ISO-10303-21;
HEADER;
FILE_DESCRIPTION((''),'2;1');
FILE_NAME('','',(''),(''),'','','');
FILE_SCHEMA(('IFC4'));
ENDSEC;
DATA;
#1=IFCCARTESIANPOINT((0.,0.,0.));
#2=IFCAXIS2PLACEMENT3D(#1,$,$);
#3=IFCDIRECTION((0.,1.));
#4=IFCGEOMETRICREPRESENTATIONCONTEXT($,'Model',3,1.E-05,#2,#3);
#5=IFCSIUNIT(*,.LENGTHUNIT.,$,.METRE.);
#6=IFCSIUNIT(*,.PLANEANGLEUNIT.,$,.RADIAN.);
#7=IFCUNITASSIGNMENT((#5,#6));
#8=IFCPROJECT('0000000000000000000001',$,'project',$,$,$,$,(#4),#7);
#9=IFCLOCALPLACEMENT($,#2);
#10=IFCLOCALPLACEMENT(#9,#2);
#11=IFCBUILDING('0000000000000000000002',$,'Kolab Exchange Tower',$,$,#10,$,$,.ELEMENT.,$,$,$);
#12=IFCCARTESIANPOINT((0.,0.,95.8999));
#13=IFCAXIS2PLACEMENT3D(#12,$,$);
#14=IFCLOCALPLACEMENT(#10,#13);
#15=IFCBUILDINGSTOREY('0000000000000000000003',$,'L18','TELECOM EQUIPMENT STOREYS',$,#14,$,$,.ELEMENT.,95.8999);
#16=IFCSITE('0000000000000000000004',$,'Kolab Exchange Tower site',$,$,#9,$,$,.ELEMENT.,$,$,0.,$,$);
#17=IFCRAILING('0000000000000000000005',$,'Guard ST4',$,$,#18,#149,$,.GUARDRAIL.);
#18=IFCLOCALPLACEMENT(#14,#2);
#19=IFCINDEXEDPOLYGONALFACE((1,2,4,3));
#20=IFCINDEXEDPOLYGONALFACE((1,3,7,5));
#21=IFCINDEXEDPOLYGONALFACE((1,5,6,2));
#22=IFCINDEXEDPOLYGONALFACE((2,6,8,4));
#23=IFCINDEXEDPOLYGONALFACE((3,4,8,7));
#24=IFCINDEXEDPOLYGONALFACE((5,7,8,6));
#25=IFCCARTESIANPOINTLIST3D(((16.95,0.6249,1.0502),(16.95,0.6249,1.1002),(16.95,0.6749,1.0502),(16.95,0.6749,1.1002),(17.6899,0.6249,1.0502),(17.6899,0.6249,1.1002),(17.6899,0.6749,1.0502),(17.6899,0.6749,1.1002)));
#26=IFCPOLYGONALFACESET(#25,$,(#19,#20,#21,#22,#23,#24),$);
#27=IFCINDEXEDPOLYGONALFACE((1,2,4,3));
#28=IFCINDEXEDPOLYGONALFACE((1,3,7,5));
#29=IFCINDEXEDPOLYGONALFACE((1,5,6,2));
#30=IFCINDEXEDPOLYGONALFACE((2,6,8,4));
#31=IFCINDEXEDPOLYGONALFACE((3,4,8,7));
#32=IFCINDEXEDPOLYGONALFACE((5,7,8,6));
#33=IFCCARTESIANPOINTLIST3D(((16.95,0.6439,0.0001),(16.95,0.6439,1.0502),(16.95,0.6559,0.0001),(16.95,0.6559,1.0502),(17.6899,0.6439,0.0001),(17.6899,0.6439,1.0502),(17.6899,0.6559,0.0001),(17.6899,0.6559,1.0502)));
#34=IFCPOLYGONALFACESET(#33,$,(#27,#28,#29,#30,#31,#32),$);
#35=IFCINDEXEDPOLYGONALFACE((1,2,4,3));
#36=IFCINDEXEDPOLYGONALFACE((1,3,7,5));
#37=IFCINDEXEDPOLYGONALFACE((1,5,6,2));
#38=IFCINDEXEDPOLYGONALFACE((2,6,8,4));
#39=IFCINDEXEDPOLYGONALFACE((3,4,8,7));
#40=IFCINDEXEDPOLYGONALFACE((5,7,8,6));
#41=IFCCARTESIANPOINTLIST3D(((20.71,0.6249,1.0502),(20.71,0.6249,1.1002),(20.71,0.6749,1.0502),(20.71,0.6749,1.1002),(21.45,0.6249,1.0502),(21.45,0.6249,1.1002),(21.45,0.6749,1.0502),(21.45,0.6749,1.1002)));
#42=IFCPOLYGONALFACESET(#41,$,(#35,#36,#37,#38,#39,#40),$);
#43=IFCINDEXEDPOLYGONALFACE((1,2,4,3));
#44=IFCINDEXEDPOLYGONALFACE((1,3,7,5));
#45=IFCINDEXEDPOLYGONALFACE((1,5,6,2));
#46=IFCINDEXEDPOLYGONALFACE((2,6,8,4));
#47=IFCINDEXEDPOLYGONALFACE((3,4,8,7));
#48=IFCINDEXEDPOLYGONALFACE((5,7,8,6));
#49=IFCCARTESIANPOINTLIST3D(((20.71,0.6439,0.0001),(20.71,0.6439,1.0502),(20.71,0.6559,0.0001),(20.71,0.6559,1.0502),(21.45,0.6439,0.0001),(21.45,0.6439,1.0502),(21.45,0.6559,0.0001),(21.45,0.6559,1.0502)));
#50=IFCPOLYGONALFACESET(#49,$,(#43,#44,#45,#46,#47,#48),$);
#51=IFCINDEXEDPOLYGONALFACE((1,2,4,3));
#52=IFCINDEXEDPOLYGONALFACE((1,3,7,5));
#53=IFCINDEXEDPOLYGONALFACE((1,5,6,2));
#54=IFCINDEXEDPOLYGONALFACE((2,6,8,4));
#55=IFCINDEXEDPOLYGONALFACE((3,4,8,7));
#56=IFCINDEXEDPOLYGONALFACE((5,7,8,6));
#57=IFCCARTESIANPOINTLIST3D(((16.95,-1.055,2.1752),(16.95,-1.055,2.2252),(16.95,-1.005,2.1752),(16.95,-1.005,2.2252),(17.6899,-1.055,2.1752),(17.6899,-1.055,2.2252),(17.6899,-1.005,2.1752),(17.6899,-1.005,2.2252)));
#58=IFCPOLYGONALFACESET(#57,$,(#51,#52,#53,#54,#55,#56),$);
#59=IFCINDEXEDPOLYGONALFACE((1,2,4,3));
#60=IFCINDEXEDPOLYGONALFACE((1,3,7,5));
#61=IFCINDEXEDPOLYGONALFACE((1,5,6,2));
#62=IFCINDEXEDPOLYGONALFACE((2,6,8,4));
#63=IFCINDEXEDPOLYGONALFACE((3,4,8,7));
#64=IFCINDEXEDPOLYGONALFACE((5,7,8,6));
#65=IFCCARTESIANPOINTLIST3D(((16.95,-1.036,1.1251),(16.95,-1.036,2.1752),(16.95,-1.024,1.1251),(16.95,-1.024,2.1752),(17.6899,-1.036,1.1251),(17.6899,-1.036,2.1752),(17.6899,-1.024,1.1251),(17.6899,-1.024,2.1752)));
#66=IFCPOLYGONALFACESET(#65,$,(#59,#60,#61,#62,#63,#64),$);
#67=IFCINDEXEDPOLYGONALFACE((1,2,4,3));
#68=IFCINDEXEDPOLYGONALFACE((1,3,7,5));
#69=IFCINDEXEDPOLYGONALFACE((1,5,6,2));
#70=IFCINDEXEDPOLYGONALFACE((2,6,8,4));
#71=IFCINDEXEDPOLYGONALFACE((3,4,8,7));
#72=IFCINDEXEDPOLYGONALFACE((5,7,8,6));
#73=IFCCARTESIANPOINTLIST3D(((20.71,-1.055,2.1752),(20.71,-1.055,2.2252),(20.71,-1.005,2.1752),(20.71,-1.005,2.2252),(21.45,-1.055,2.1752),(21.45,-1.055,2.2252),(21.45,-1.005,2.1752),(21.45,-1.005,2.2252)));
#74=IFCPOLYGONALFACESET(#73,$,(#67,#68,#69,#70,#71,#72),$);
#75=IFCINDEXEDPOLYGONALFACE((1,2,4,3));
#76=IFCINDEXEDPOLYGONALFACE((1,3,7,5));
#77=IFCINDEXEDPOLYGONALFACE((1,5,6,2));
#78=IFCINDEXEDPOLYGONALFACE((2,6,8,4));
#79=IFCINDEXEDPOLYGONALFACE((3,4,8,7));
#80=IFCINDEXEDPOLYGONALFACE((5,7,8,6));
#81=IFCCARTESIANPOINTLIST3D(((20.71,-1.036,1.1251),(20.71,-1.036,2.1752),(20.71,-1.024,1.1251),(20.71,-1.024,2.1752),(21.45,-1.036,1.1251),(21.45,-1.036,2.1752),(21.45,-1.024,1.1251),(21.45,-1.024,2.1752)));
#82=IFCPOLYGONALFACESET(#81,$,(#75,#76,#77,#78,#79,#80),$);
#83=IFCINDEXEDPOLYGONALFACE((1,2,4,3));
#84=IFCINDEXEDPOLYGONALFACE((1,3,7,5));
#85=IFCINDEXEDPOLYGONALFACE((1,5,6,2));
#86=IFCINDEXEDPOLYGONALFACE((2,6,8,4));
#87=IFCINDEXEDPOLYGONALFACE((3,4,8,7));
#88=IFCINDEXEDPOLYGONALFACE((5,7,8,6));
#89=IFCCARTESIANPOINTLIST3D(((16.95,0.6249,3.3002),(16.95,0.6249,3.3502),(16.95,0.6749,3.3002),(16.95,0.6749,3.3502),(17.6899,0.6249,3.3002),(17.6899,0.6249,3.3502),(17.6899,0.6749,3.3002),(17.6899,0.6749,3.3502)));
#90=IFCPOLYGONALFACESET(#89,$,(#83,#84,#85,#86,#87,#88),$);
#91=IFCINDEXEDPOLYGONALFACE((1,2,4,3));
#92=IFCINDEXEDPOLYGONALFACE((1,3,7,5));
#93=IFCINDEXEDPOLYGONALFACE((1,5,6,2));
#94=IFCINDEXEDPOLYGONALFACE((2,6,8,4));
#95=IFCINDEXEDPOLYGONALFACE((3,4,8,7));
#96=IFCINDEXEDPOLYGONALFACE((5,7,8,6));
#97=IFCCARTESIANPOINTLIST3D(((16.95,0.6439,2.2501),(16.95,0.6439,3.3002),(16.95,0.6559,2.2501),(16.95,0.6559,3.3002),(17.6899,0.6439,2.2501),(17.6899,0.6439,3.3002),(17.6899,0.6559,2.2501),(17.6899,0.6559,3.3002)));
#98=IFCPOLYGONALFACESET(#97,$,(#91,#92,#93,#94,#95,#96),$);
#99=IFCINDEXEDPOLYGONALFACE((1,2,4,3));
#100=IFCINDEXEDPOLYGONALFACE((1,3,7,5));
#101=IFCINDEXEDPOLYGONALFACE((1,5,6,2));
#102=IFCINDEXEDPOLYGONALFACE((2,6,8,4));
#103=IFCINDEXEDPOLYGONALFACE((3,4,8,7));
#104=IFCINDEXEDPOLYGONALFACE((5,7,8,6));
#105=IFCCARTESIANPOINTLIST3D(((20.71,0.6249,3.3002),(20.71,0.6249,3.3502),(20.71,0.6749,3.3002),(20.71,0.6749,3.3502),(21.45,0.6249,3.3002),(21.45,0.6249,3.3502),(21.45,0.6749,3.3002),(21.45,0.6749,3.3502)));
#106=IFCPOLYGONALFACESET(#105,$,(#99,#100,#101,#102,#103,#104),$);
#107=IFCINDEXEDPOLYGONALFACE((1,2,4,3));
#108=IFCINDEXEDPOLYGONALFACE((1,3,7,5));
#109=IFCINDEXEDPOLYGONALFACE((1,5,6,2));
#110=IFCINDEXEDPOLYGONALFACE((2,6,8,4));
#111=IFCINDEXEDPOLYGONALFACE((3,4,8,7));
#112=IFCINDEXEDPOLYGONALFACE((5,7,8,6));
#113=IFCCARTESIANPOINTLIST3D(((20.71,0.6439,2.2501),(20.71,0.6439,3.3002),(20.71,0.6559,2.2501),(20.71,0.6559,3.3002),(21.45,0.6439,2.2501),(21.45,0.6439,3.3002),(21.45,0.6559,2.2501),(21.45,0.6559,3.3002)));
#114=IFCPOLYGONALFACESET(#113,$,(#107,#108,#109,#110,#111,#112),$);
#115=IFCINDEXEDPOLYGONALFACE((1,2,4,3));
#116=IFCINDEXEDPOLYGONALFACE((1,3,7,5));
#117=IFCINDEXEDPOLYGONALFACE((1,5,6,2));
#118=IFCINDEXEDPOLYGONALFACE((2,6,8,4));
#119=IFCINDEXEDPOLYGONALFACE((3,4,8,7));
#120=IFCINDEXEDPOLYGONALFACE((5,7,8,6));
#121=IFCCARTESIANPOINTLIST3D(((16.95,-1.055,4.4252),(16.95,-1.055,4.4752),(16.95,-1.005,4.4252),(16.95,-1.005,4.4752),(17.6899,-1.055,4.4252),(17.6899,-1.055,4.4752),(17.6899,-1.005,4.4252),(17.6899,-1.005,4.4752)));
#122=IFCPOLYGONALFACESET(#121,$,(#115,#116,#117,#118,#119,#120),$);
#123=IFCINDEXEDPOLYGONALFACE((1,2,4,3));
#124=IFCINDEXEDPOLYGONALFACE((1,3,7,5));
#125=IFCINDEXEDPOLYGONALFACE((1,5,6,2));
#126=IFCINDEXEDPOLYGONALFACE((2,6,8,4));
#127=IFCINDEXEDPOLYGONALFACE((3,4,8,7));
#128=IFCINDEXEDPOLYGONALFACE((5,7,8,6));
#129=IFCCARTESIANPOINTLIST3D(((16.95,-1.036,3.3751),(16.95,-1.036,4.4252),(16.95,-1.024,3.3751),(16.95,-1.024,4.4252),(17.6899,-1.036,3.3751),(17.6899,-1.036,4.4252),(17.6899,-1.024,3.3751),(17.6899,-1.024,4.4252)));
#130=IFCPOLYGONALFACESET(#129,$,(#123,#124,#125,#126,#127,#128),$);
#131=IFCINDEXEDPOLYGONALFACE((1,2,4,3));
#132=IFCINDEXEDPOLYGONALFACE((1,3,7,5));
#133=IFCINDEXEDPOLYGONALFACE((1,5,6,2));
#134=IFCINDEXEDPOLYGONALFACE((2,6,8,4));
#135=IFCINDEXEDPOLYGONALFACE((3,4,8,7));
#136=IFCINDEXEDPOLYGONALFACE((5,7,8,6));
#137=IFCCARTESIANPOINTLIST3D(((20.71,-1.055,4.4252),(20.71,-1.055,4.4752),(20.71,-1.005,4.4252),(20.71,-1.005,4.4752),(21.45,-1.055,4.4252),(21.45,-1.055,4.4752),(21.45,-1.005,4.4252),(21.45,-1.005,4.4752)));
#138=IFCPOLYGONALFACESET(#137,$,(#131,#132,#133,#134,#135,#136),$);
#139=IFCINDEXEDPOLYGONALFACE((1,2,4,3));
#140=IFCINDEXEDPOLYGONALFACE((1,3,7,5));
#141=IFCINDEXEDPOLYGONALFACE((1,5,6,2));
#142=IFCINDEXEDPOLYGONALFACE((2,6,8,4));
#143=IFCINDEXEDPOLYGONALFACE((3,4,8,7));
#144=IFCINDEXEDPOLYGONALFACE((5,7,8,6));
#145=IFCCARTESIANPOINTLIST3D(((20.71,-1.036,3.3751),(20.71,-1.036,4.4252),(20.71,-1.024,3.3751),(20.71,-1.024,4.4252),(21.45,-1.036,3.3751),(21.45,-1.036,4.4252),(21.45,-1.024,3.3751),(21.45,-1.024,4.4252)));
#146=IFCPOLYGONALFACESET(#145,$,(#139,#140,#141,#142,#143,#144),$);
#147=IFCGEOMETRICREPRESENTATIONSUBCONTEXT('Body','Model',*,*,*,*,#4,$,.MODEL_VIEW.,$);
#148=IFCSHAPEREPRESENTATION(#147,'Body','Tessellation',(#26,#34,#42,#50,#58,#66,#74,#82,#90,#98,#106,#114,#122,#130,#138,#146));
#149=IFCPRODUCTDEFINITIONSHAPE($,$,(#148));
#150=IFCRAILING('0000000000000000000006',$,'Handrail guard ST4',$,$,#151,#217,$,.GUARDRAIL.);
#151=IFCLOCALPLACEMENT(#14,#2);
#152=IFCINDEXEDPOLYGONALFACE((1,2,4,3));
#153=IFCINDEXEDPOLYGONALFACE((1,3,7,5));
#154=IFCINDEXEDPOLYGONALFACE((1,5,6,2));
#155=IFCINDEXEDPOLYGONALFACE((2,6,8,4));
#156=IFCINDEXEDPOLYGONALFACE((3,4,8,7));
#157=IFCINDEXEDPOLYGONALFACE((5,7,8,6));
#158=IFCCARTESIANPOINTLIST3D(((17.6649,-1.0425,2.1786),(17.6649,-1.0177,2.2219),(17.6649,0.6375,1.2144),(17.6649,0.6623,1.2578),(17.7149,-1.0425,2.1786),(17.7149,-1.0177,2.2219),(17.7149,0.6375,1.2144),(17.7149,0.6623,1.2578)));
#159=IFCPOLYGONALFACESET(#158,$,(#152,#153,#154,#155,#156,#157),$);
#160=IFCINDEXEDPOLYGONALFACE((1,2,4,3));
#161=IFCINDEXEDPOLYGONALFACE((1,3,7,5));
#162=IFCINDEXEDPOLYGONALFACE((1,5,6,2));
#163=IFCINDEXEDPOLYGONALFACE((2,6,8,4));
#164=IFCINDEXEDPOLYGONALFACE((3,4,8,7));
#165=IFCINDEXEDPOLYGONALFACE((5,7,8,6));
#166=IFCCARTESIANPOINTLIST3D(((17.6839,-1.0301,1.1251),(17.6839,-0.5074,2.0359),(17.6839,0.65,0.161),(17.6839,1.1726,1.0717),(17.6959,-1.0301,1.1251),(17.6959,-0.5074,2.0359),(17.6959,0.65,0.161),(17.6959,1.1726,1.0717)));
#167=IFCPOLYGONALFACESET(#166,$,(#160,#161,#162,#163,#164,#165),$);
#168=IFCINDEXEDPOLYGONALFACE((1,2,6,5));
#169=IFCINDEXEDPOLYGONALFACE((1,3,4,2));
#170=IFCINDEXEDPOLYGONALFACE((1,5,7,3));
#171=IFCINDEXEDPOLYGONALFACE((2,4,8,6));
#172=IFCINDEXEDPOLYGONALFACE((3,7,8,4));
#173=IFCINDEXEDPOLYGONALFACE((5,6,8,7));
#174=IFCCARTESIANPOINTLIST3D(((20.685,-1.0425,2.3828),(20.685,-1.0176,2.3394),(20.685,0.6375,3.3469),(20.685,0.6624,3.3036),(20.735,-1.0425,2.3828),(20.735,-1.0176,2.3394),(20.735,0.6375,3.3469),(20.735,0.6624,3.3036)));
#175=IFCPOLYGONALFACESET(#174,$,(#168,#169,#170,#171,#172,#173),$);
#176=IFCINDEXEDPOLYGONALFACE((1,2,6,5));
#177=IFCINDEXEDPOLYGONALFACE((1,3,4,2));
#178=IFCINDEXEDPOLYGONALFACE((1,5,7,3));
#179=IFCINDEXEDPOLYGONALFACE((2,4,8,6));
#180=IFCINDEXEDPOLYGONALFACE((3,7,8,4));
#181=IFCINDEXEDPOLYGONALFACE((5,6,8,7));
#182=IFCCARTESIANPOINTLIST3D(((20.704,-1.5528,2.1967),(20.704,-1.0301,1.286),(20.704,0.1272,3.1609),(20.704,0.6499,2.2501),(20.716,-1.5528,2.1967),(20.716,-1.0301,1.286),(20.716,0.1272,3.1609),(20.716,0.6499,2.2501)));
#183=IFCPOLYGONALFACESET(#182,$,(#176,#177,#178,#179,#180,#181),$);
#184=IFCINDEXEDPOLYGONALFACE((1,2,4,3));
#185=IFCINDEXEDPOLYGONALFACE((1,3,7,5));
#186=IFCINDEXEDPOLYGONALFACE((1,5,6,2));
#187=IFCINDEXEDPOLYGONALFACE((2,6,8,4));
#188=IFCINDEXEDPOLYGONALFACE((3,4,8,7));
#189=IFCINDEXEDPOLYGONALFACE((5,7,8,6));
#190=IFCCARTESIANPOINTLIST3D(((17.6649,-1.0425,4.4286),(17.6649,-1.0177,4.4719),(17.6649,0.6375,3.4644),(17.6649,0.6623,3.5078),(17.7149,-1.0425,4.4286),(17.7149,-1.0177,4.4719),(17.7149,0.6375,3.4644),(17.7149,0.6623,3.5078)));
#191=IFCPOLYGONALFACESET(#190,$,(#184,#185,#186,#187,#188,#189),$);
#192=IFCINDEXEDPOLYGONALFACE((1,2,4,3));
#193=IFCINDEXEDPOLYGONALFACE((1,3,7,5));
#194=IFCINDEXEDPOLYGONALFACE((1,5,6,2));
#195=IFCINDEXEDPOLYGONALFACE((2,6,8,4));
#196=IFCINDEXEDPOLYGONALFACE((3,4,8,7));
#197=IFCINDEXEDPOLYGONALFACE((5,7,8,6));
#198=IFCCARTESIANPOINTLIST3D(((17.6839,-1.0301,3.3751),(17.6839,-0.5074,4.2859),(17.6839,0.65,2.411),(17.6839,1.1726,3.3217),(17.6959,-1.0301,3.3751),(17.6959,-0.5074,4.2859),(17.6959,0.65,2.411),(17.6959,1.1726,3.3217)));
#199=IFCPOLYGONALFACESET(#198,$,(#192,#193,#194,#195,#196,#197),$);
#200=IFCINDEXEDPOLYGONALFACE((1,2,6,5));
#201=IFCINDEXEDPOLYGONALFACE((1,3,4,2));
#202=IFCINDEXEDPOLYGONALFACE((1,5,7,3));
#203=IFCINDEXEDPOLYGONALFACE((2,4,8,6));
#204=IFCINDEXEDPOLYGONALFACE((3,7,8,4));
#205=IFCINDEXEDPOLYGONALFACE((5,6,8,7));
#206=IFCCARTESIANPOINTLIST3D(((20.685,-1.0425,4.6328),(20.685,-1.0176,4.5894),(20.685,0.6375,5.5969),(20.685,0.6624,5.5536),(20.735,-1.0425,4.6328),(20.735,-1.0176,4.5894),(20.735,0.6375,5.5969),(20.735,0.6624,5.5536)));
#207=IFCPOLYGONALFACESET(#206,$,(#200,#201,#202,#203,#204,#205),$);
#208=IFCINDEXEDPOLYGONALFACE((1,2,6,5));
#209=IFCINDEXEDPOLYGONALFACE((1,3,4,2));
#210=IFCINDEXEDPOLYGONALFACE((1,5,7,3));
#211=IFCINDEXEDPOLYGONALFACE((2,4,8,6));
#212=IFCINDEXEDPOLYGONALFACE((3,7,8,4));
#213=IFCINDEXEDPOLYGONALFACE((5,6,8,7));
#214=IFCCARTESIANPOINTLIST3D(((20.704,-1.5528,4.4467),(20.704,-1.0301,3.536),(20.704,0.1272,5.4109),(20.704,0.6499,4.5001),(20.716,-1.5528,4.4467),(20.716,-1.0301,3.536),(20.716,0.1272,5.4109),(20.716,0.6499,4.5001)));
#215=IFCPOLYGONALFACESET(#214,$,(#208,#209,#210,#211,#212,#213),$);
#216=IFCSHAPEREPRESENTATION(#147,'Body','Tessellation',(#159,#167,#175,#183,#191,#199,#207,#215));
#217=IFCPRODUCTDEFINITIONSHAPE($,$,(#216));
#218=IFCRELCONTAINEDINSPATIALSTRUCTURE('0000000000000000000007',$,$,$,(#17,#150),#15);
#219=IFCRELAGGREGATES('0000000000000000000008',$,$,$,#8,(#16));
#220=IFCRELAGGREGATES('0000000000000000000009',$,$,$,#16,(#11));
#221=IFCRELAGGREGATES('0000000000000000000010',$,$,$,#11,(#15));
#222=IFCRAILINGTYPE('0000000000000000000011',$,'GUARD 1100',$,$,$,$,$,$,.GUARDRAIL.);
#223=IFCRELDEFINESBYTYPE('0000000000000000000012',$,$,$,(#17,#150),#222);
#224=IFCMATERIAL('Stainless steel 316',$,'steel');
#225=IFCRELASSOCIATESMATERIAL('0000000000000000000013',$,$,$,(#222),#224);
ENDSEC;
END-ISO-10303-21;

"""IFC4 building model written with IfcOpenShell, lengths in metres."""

from ifc_helpers import new_model, si_unit, direction, frame, frame_2d, origin, origin_2d, place, context, subcontext, project, spatial, rectangle, extrude, material, type_object, element, save


model = new_model("IFC4")

# Units and contexts
model_context = context("Model", 3, precision=1e-05, world=origin(), true_north=direction((0.0, 1.0)))
body_context = subcontext(model_context, "Body", "Model", "MODEL_VIEW")
ifc_project = project(units=[si_unit("LENGTHUNIT", "METRE"), si_unit("PLANEANGLEUNIT", "RADIAN")], contexts=[model_context])

# Site, building, storey
site_placement = place(None, origin())
site = spatial("IfcSite", under=ifc_project, at=site_placement, Name="Kolab Exchange Tower site", CompositionType="ELEMENT", RefElevation=0.0)
building_placement = place(site_placement, origin())
building = spatial("IfcBuilding", under=site, at=building_placement, Name="Kolab Exchange Tower", CompositionType="ELEMENT")
storey_placement = place(building_placement, frame((0.0, 0.0, 95.8999)))
storey = spatial("IfcBuildingStorey", under=building, at=storey_placement, Name="L18", Description="TELECOM EQUIPMENT STOREYS", CompositionType="ELEMENT", Elevation=95.8999)

# Railings
ifc_material_1 = material(Name="Stainless steel 316", Category="steel")
railing_type = type_object("IfcRailingType", Name="GUARD 1100", PredefinedType="GUARDRAIL", material=ifc_material_1)
railing_1_placement = place(storey_placement, frame((16.95, 0.6499, 0.0)))
element("IfcRailing", 1, at=railing_1_placement, inside=storey, type_object=railing_type, Name="Guard ST4", PredefinedType="GUARDRAIL", context=body_context, shape_type="SweptSolid", body=[
    extrude(rectangle(XDim=0.05, YDim=0.05, at=origin_2d()), frame((0.0, 0.0, 1.0752), z_axis=(1.0, 0.0, 0.0), x_axis=(0.0, 1.0, 0.0)), (0.0, 0.0, 1.0), 0.74),
    extrude(rectangle(XDim=0.012, YDim=1.0501, at=frame_2d((0.0, 0.5251))), frame((0.0, 0.0, 0.0), z_axis=(1.0, 0.0, 0.0), x_axis=(0.0, 1.0, 0.0)), (0.0, 0.0, 1.0), 0.74),
    extrude(rectangle(XDim=0.05, YDim=0.05, at=origin_2d()), frame((3.76, 0.0, 1.0752), z_axis=(1.0, 0.0, 0.0), x_axis=(0.0, 1.0, 0.0)), (0.0, 0.0, 1.0), 0.74),
    extrude(rectangle(XDim=0.012, YDim=1.0501, at=frame_2d((0.0, 0.5251))), frame((3.76, 0.0, 0.0), z_axis=(1.0, 0.0, 0.0), x_axis=(0.0, 1.0, 0.0)), (0.0, 0.0, 1.0), 0.74),
    extrude(rectangle(XDim=0.05, YDim=0.05, at=origin_2d()), frame((0.0, -1.6799, 2.2002), z_axis=(1.0, 0.0, 0.0), x_axis=(0.0, 1.0, 0.0)), (0.0, 0.0, 1.0), 0.74),
    extrude(rectangle(XDim=0.012, YDim=1.0501, at=frame_2d((0.0, 0.5251))), frame((0.0, -1.6799, 1.125), z_axis=(1.0, 0.0, 0.0), x_axis=(0.0, 1.0, 0.0)), (0.0, 0.0, 1.0), 0.74),
    extrude(rectangle(XDim=0.05, YDim=0.05, at=origin_2d()), frame((3.76, -1.6799, 2.2002), z_axis=(1.0, 0.0, 0.0), x_axis=(0.0, 1.0, 0.0)), (0.0, 0.0, 1.0), 0.74),
    extrude(rectangle(XDim=0.012, YDim=1.0501, at=frame_2d((0.0, 0.5251))), frame((3.76, -1.6799, 1.125), z_axis=(1.0, 0.0, 0.0), x_axis=(0.0, 1.0, 0.0)), (0.0, 0.0, 1.0), 0.74),
    extrude(rectangle(XDim=0.05, YDim=0.05, at=origin_2d()), frame((0.0, 0.0, 3.3252), z_axis=(1.0, 0.0, 0.0), x_axis=(0.0, 1.0, 0.0)), (0.0, 0.0, 1.0), 0.74),
    extrude(rectangle(XDim=0.012, YDim=1.0501, at=frame_2d((0.0, 0.5251))), frame((0.0, 0.0, 2.25), z_axis=(1.0, 0.0, 0.0), x_axis=(0.0, 1.0, 0.0)), (0.0, 0.0, 1.0), 0.74),
    extrude(rectangle(XDim=0.05, YDim=0.05, at=origin_2d()), frame((3.76, 0.0, 3.3252), z_axis=(1.0, 0.0, 0.0), x_axis=(0.0, 1.0, 0.0)), (0.0, 0.0, 1.0), 0.74),
    extrude(rectangle(XDim=0.012, YDim=1.0501, at=frame_2d((0.0, 0.5251))), frame((3.76, 0.0, 2.25), z_axis=(1.0, 0.0, 0.0), x_axis=(0.0, 1.0, 0.0)), (0.0, 0.0, 1.0), 0.74),
    extrude(rectangle(XDim=0.05, YDim=0.05, at=origin_2d()), frame((0.0, -1.6799, 4.4502), z_axis=(1.0, 0.0, 0.0), x_axis=(0.0, 1.0, 0.0)), (0.0, 0.0, 1.0), 0.74),
    extrude(rectangle(XDim=0.012, YDim=1.0501, at=frame_2d((0.0, 0.5251))), frame((0.0, -1.6799, 3.375), z_axis=(1.0, 0.0, 0.0), x_axis=(0.0, 1.0, 0.0)), (0.0, 0.0, 1.0), 0.74),
    extrude(rectangle(XDim=0.05, YDim=0.05, at=origin_2d()), frame((3.76, -1.6799, 4.4502), z_axis=(1.0, 0.0, 0.0), x_axis=(0.0, 1.0, 0.0)), (0.0, 0.0, 1.0), 0.74),
    extrude(rectangle(XDim=0.012, YDim=1.0501, at=frame_2d((0.0, 0.5251))), frame((3.76, -1.6799, 3.375), z_axis=(1.0, 0.0, 0.0), x_axis=(0.0, 1.0, 0.0)), (0.0, 0.0, 1.0), 0.74),
])
railing_2_placement = place(storey_placement, frame((17.6899, 0.6499, 0.1609)))
element("IfcRailing", 2, at=railing_2_placement, inside=storey, type_object=railing_type, Name="Handrail guard ST4", PredefinedType="GUARDRAIL", context=body_context, shape_type="SweptSolid", body=[
    extrude(rectangle(XDim=0.05, YDim=0.05, at=origin_2d()), frame((0.0, 0.0, 1.0752), z_axis=(0.0, -0.867319, 0.497753), x_axis=(1.0, 0.0, 0.0)), (0.0, 0.0, 1.0), 1.937),
    extrude(rectangle(XDim=0.012, YDim=1.0501, at=frame_2d((0.0, 0.5251))), frame((0.0, 0.0, 0.0), z_axis=(0.0, -0.867319, 0.497753), x_axis=(1.0, 0.0, 0.0)), (0.0, 0.0, 1.0), 1.937),
    extrude(rectangle(XDim=0.05, YDim=0.05, at=origin_2d()), frame((3.02, -1.6799, 2.2002), z_axis=(0.0, 0.867319, 0.497753), x_axis=(-1.0, 0.0, 0.0)), (0.0, 0.0, 1.0), 1.937),
    extrude(rectangle(XDim=0.012, YDim=1.0501, at=frame_2d((0.0, 0.5251))), frame((3.02, -1.6799, 1.125), z_axis=(0.0, 0.867319, 0.497753), x_axis=(-1.0, 0.0, 0.0)), (0.0, 0.0, 1.0), 1.937),
    extrude(rectangle(XDim=0.05, YDim=0.05, at=origin_2d()), frame((0.0, 0.0, 3.3252), z_axis=(0.0, -0.867319, 0.497753), x_axis=(1.0, 0.0, 0.0)), (0.0, 0.0, 1.0), 1.937),
    extrude(rectangle(XDim=0.012, YDim=1.0501, at=frame_2d((0.0, 0.5251))), frame((0.0, 0.0, 2.25), z_axis=(0.0, -0.867319, 0.497753), x_axis=(1.0, 0.0, 0.0)), (0.0, 0.0, 1.0), 1.937),
    extrude(rectangle(XDim=0.05, YDim=0.05, at=origin_2d()), frame((3.02, -1.6799, 4.4502), z_axis=(0.0, 0.867319, 0.497753), x_axis=(-1.0, 0.0, 0.0)), (0.0, 0.0, 1.0), 1.937),
    extrude(rectangle(XDim=0.012, YDim=1.0501, at=frame_2d((0.0, 0.5251))), frame((3.02, -1.6799, 3.375), z_axis=(0.0, 0.867319, 0.497753), x_axis=(-1.0, 0.0, 0.0)), (0.0, 0.0, 1.0), 1.937),
])

save(model, "model.ifc")
